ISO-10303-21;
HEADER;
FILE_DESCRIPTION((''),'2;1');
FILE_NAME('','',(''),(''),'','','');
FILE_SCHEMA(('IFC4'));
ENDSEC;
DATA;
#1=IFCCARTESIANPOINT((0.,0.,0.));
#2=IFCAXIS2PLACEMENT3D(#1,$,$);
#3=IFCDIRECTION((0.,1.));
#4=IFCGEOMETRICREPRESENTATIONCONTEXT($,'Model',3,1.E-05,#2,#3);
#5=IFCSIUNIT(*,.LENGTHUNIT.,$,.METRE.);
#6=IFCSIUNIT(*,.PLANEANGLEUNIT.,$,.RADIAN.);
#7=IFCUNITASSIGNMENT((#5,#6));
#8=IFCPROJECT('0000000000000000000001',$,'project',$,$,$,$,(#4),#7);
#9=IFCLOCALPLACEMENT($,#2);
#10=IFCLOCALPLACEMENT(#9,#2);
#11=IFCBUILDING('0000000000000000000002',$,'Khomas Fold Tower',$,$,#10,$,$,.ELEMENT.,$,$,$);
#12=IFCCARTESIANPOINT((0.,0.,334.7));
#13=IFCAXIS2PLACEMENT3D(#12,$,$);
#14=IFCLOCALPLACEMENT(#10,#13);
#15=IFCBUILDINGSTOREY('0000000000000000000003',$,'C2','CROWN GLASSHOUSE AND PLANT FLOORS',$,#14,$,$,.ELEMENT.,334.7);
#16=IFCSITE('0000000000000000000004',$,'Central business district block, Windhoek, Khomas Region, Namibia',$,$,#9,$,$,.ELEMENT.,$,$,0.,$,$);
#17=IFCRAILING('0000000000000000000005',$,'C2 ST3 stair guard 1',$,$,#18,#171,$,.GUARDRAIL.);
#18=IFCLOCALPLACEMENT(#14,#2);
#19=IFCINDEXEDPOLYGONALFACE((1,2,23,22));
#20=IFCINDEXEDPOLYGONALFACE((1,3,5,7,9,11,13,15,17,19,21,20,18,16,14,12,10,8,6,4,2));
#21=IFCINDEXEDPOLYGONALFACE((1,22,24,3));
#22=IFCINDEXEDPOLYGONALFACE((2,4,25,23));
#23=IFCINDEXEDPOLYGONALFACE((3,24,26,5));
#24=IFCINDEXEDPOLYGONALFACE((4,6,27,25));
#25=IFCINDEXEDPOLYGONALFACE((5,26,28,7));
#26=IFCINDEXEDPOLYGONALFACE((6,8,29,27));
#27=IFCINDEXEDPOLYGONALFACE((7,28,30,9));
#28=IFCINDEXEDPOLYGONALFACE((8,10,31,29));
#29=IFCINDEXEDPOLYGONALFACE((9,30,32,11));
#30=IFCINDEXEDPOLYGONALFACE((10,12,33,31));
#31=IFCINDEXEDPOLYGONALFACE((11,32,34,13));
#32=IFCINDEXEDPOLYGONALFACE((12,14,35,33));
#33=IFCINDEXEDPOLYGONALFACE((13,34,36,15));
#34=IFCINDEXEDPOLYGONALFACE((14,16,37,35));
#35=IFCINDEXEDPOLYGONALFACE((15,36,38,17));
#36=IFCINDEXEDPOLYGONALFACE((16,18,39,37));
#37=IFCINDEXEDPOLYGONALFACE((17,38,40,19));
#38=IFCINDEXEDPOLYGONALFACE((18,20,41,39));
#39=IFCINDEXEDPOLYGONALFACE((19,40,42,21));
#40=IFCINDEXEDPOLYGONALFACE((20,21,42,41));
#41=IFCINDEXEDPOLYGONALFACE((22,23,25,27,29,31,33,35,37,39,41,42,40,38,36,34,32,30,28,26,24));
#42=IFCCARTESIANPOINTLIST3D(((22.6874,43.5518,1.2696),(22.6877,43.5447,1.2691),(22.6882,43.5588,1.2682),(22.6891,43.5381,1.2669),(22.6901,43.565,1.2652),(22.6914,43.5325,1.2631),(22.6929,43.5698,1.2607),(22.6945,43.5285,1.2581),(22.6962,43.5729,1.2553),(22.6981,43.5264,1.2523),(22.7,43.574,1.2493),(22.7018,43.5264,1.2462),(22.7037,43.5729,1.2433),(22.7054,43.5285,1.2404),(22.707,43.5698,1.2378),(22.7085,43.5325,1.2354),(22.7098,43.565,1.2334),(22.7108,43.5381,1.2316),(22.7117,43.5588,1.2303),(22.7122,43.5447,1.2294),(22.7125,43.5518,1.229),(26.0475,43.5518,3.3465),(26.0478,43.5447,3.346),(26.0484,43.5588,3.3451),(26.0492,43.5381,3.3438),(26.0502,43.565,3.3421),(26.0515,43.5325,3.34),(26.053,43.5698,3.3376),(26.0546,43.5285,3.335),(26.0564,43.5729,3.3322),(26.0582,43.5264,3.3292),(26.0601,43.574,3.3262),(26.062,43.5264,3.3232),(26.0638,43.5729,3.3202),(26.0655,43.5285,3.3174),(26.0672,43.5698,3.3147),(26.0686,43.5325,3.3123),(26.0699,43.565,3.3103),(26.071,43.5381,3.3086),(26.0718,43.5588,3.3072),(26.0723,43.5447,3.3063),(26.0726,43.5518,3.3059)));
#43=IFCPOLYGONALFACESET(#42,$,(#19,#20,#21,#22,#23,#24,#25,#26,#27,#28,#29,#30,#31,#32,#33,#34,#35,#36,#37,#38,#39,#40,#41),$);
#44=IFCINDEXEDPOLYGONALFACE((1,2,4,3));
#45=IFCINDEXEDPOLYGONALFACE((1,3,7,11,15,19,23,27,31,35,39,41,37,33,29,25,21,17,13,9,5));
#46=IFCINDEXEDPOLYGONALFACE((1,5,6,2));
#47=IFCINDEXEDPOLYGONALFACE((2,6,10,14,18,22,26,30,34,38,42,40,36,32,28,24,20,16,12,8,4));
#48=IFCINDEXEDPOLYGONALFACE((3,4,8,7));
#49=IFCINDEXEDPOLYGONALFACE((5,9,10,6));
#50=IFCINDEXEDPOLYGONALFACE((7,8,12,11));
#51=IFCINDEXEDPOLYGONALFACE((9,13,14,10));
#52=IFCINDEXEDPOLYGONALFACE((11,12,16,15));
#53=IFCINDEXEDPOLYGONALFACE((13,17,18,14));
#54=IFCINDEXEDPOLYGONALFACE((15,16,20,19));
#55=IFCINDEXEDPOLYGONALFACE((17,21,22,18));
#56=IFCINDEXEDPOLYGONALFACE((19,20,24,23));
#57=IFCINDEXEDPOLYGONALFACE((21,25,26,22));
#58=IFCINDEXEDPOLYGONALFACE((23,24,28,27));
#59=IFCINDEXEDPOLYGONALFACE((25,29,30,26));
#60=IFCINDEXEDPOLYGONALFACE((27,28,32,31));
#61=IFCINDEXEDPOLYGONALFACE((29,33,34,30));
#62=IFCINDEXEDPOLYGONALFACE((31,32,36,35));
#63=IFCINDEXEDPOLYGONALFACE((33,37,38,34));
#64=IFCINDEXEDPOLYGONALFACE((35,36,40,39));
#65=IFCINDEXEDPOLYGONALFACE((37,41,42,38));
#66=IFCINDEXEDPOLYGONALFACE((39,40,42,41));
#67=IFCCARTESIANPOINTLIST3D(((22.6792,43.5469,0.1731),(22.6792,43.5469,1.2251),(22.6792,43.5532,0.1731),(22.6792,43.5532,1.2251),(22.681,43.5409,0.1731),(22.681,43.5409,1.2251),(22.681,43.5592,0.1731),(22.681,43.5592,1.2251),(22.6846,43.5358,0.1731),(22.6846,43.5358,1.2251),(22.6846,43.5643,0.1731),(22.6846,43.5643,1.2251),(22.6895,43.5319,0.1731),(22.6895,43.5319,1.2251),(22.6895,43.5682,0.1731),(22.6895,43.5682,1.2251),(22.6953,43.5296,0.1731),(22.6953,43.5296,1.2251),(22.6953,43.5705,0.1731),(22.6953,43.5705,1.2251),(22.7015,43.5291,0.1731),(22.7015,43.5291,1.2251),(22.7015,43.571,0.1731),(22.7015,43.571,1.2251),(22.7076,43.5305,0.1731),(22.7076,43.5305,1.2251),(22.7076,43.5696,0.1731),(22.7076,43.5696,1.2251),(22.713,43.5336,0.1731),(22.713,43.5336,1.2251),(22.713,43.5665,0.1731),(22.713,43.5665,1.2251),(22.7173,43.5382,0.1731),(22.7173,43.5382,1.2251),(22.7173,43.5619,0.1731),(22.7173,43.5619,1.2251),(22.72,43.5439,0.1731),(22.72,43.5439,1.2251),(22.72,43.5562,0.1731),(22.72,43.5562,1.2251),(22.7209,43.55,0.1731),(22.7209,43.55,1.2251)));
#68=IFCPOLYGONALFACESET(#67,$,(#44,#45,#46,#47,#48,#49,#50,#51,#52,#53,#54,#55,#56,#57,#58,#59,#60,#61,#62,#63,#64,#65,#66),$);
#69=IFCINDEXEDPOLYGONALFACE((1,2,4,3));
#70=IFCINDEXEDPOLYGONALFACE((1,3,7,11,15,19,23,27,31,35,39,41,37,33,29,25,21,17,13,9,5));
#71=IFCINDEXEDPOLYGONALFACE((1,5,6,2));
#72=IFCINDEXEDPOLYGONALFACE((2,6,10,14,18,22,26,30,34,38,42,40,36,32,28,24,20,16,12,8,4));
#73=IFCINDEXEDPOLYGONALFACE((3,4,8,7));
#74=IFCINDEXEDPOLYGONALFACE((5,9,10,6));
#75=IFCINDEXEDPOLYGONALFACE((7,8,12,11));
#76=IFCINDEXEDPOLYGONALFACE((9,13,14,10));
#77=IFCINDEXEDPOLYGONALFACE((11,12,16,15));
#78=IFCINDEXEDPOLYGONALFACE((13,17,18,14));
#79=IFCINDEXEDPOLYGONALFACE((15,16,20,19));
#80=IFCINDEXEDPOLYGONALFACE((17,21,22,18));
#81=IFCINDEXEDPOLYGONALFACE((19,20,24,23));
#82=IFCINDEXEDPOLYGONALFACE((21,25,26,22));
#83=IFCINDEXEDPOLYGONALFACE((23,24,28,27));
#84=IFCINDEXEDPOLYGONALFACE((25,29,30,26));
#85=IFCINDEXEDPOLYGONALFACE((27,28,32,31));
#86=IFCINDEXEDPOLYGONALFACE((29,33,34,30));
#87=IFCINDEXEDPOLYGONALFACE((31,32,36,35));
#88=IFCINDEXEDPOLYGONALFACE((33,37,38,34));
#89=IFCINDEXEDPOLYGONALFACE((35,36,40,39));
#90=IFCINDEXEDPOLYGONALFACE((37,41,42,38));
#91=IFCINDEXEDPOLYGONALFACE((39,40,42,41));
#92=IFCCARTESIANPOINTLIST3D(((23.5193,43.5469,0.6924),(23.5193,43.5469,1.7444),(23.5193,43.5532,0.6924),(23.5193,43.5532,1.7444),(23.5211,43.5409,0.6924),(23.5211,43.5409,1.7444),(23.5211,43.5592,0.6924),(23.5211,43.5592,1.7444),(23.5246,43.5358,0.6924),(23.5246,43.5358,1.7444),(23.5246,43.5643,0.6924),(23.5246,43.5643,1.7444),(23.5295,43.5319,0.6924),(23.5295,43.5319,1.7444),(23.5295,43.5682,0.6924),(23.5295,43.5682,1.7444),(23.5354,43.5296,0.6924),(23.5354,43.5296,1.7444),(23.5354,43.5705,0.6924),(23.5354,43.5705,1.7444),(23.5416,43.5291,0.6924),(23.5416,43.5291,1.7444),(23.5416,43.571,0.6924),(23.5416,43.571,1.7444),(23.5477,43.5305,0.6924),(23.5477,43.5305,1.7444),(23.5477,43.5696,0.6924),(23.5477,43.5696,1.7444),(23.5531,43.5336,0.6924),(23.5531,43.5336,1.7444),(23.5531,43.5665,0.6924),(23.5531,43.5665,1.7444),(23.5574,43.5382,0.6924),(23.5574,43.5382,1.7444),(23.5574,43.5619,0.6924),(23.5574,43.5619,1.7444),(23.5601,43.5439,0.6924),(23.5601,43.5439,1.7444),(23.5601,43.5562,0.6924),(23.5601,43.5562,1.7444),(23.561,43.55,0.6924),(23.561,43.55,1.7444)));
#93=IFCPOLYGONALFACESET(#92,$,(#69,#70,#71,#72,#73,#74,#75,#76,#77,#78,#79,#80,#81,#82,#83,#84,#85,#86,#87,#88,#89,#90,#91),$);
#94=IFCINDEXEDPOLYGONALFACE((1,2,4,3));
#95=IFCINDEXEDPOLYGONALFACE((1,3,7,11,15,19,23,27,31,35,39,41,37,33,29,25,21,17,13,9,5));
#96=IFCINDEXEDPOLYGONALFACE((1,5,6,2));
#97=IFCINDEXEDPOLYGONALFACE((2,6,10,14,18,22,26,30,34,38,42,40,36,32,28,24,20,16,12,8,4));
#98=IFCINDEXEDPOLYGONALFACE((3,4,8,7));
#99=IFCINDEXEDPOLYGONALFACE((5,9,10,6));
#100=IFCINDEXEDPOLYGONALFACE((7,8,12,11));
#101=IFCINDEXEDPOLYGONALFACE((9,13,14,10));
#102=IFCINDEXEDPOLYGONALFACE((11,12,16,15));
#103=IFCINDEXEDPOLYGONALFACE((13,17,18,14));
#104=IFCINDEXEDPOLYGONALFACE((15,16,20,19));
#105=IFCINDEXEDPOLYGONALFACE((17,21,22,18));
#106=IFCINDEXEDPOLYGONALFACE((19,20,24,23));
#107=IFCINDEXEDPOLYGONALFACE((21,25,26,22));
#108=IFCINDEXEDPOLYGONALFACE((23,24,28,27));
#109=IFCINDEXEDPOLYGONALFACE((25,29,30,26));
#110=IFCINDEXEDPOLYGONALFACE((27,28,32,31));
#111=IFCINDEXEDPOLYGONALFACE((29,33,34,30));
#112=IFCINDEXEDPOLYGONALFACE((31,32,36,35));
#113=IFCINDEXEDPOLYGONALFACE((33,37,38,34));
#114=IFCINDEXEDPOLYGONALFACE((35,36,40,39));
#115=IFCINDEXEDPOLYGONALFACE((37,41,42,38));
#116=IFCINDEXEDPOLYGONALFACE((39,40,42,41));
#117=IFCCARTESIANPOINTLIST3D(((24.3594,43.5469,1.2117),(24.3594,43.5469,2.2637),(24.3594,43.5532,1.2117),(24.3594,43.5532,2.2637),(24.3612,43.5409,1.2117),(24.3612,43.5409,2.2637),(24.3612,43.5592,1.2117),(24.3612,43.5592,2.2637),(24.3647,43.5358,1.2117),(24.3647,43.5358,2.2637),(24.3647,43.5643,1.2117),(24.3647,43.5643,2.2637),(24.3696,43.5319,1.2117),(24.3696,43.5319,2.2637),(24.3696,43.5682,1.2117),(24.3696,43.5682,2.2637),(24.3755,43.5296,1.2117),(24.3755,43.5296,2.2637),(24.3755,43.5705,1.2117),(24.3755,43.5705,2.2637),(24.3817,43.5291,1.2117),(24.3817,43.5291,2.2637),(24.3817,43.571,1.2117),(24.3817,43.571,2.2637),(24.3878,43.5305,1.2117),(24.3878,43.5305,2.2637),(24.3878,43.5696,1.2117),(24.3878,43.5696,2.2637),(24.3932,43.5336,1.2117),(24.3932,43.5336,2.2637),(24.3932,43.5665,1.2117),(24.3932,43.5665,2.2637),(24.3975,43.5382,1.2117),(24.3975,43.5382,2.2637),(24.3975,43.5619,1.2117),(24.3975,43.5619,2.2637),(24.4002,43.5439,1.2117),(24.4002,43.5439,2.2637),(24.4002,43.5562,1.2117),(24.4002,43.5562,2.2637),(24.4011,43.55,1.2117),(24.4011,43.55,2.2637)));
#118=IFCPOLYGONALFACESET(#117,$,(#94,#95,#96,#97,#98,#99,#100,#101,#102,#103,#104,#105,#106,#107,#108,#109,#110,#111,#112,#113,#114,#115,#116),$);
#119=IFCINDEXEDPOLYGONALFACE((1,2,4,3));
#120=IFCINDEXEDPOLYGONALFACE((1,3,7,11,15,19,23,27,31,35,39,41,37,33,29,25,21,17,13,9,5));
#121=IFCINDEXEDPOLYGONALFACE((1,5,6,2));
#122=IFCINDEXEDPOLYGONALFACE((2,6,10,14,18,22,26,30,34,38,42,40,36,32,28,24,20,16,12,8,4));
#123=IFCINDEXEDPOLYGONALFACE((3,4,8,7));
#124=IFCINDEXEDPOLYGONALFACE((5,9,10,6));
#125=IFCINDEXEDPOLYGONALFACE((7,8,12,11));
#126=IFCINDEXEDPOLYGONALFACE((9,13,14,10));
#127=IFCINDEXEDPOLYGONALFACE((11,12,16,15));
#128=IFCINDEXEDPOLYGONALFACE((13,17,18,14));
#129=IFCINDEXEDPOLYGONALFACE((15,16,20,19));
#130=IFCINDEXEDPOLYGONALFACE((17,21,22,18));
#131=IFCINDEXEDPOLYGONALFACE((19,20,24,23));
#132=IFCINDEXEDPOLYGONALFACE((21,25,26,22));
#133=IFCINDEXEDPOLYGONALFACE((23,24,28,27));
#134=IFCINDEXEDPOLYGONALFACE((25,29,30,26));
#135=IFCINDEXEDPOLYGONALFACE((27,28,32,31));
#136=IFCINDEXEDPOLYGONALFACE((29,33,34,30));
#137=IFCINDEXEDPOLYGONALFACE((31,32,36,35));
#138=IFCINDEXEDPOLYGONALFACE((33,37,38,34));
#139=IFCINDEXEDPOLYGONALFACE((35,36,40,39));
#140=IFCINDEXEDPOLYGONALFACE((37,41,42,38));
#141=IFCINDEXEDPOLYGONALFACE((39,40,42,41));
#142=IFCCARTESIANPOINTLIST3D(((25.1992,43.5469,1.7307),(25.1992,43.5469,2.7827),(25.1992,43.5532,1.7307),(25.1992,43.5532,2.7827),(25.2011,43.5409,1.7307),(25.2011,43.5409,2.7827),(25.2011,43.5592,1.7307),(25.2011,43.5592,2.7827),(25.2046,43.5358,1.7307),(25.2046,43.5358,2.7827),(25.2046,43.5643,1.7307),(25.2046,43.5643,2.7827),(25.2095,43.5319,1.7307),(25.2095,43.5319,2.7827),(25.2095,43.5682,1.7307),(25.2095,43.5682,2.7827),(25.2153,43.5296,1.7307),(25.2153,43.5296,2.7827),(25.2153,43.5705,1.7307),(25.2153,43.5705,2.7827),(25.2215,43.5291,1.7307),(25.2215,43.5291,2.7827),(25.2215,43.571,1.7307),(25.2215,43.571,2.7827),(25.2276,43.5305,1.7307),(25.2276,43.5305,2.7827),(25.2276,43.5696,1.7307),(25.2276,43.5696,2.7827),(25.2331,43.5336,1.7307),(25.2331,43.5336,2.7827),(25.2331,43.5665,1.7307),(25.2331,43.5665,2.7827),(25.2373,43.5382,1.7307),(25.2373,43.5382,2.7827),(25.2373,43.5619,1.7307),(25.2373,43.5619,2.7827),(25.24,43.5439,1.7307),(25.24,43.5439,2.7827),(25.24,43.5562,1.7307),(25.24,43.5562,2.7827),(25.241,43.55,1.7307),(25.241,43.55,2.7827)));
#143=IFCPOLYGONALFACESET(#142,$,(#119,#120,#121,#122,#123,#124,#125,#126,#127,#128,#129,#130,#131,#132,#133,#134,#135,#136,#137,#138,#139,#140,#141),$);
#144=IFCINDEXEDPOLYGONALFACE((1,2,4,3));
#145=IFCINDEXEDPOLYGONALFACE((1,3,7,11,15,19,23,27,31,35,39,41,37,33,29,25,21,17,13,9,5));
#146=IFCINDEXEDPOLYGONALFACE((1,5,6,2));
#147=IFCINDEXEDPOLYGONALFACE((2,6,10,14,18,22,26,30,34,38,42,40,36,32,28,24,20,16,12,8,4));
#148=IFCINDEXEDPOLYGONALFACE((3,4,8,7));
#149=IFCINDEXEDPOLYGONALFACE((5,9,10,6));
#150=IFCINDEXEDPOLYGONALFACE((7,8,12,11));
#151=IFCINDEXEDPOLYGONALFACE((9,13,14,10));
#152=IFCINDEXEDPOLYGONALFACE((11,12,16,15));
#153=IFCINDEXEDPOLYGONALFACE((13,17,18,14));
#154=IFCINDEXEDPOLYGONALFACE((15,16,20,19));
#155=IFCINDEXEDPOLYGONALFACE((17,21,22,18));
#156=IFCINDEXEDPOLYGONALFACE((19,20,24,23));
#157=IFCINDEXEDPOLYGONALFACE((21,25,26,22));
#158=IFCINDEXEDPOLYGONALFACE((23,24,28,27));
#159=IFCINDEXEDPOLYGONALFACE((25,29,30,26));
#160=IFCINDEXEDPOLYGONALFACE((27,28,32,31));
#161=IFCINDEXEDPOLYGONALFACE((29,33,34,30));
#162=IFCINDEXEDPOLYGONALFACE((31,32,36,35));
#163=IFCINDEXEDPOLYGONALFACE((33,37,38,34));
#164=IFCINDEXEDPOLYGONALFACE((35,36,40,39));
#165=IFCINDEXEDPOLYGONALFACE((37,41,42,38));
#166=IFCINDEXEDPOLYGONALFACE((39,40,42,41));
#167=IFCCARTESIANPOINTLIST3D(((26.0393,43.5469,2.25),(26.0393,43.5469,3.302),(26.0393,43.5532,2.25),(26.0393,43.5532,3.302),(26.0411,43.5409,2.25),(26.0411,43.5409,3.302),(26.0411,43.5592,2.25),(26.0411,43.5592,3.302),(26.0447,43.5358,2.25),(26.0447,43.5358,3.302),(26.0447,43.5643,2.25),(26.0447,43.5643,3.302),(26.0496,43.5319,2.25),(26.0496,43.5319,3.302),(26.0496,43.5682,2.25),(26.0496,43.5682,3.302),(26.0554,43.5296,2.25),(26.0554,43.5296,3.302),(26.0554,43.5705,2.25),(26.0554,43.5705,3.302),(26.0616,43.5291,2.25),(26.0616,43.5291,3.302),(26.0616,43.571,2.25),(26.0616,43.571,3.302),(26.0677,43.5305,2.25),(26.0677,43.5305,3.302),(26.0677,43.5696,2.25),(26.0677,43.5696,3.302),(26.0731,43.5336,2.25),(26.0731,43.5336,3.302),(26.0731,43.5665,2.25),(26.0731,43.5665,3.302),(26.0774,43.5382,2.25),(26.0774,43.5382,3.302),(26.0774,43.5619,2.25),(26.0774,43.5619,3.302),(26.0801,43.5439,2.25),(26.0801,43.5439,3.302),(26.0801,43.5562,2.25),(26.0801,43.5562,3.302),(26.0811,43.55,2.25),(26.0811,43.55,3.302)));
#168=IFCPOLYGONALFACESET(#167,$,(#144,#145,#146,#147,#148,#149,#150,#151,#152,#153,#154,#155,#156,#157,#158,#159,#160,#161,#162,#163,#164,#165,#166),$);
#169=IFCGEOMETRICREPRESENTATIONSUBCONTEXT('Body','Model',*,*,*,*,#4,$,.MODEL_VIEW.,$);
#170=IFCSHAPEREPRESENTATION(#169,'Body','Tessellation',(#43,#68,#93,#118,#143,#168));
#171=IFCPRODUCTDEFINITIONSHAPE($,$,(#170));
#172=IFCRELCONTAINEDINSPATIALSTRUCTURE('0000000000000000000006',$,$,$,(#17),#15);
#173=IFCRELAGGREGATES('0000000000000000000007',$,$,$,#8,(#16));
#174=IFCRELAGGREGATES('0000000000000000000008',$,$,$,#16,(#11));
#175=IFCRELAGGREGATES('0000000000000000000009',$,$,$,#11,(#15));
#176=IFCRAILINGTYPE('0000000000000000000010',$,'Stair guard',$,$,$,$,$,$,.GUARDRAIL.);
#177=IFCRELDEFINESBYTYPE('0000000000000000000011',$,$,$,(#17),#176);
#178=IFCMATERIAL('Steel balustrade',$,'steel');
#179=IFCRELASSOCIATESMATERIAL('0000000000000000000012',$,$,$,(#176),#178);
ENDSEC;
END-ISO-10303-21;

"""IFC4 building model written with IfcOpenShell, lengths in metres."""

from ifc_helpers import new_model, si_unit, direction, frame, origin, origin_2d, place, context, subcontext, project, spatial, circle, extrude, source, transform, mapped, material, type_object, element, save


model = new_model("IFC4")

# Units and contexts
model_context = context("Model", 3, precision=1e-05, world=origin(), true_north=direction((0.0, 1.0)))
body_context = subcontext(model_context, "Body", "Model", "MODEL_VIEW")
ifc_project = project(units=[si_unit("LENGTHUNIT", "METRE"), si_unit("PLANEANGLEUNIT", "RADIAN")], contexts=[model_context])

# Site, building, storey
site_placement = place(None, origin())
site = spatial("IfcSite", under=ifc_project, at=site_placement, Name="Central business district block, Windhoek, Khomas Region, Namibia", CompositionType="ELEMENT", RefElevation=0.0)
building_placement = place(site_placement, origin())
building = spatial("IfcBuilding", under=site, at=building_placement, Name="Khomas Fold Tower", CompositionType="ELEMENT")
storey_placement = place(building_placement, frame((0.0, 0.0, 334.7)))
storey = spatial("IfcBuildingStorey", under=building, at=storey_placement, Name="C2", Description="CROWN GLASSHOUSE AND PLANT FLOORS", CompositionType="ELEMENT", Elevation=334.7)

# Railing
ifc_material_1 = material(Name="Steel balustrade", Category="steel")
railing_type_1 = type_object("IfcRailingType", Name="Stair guard", PredefinedType="GUARDRAIL", material=ifc_material_1)
shared_shape_1 = source(origin(), body_context, "Body", "SweptSolid", [
    extrude(circle(Radius=0.0239, at=origin_2d()), frame((0.0, 0.0, 1.0762), z_axis=(0.850623, 0.0, 0.525776), x_axis=(0.0, 1.0, 0.0)), (0.0, 0.0, 1.0), 3.9502),
    extrude(circle(Radius=0.021, at=origin_2d()), origin(), (0.0, 0.0, 1.0), 1.052),
    extrude(circle(Radius=0.021, at=origin_2d()), frame((0.8401, 0.0, 0.5193)), (0.0, 0.0, 1.0), 1.052),
    extrude(circle(Radius=0.021, at=origin_2d()), frame((1.6802, 0.0, 1.0386)), (0.0, 0.0, 1.0), 1.052),
    extrude(circle(Radius=0.021, at=origin_2d()), frame((2.52, 0.0, 1.5576)), (0.0, 0.0, 1.0), 1.052),
    extrude(circle(Radius=0.021, at=origin_2d()), frame((3.3601, 0.0, 2.0769)), (0.0, 0.0, 1.0), 1.052),
])
railing_1_placement = place(storey_placement, frame((22.7, 43.55, 0.1731)))
element("IfcRailing", 1, at=railing_1_placement, inside=storey, type_object=railing_type_1, Name="C2 ST3 stair guard 1", PredefinedType="GUARDRAIL", context=body_context, shape_type="MappedRepresentation", body=[
    mapped(shared_shape_1, transform((0.0, 0.0, 0.0))),
])

save(model, "model.ifc")
